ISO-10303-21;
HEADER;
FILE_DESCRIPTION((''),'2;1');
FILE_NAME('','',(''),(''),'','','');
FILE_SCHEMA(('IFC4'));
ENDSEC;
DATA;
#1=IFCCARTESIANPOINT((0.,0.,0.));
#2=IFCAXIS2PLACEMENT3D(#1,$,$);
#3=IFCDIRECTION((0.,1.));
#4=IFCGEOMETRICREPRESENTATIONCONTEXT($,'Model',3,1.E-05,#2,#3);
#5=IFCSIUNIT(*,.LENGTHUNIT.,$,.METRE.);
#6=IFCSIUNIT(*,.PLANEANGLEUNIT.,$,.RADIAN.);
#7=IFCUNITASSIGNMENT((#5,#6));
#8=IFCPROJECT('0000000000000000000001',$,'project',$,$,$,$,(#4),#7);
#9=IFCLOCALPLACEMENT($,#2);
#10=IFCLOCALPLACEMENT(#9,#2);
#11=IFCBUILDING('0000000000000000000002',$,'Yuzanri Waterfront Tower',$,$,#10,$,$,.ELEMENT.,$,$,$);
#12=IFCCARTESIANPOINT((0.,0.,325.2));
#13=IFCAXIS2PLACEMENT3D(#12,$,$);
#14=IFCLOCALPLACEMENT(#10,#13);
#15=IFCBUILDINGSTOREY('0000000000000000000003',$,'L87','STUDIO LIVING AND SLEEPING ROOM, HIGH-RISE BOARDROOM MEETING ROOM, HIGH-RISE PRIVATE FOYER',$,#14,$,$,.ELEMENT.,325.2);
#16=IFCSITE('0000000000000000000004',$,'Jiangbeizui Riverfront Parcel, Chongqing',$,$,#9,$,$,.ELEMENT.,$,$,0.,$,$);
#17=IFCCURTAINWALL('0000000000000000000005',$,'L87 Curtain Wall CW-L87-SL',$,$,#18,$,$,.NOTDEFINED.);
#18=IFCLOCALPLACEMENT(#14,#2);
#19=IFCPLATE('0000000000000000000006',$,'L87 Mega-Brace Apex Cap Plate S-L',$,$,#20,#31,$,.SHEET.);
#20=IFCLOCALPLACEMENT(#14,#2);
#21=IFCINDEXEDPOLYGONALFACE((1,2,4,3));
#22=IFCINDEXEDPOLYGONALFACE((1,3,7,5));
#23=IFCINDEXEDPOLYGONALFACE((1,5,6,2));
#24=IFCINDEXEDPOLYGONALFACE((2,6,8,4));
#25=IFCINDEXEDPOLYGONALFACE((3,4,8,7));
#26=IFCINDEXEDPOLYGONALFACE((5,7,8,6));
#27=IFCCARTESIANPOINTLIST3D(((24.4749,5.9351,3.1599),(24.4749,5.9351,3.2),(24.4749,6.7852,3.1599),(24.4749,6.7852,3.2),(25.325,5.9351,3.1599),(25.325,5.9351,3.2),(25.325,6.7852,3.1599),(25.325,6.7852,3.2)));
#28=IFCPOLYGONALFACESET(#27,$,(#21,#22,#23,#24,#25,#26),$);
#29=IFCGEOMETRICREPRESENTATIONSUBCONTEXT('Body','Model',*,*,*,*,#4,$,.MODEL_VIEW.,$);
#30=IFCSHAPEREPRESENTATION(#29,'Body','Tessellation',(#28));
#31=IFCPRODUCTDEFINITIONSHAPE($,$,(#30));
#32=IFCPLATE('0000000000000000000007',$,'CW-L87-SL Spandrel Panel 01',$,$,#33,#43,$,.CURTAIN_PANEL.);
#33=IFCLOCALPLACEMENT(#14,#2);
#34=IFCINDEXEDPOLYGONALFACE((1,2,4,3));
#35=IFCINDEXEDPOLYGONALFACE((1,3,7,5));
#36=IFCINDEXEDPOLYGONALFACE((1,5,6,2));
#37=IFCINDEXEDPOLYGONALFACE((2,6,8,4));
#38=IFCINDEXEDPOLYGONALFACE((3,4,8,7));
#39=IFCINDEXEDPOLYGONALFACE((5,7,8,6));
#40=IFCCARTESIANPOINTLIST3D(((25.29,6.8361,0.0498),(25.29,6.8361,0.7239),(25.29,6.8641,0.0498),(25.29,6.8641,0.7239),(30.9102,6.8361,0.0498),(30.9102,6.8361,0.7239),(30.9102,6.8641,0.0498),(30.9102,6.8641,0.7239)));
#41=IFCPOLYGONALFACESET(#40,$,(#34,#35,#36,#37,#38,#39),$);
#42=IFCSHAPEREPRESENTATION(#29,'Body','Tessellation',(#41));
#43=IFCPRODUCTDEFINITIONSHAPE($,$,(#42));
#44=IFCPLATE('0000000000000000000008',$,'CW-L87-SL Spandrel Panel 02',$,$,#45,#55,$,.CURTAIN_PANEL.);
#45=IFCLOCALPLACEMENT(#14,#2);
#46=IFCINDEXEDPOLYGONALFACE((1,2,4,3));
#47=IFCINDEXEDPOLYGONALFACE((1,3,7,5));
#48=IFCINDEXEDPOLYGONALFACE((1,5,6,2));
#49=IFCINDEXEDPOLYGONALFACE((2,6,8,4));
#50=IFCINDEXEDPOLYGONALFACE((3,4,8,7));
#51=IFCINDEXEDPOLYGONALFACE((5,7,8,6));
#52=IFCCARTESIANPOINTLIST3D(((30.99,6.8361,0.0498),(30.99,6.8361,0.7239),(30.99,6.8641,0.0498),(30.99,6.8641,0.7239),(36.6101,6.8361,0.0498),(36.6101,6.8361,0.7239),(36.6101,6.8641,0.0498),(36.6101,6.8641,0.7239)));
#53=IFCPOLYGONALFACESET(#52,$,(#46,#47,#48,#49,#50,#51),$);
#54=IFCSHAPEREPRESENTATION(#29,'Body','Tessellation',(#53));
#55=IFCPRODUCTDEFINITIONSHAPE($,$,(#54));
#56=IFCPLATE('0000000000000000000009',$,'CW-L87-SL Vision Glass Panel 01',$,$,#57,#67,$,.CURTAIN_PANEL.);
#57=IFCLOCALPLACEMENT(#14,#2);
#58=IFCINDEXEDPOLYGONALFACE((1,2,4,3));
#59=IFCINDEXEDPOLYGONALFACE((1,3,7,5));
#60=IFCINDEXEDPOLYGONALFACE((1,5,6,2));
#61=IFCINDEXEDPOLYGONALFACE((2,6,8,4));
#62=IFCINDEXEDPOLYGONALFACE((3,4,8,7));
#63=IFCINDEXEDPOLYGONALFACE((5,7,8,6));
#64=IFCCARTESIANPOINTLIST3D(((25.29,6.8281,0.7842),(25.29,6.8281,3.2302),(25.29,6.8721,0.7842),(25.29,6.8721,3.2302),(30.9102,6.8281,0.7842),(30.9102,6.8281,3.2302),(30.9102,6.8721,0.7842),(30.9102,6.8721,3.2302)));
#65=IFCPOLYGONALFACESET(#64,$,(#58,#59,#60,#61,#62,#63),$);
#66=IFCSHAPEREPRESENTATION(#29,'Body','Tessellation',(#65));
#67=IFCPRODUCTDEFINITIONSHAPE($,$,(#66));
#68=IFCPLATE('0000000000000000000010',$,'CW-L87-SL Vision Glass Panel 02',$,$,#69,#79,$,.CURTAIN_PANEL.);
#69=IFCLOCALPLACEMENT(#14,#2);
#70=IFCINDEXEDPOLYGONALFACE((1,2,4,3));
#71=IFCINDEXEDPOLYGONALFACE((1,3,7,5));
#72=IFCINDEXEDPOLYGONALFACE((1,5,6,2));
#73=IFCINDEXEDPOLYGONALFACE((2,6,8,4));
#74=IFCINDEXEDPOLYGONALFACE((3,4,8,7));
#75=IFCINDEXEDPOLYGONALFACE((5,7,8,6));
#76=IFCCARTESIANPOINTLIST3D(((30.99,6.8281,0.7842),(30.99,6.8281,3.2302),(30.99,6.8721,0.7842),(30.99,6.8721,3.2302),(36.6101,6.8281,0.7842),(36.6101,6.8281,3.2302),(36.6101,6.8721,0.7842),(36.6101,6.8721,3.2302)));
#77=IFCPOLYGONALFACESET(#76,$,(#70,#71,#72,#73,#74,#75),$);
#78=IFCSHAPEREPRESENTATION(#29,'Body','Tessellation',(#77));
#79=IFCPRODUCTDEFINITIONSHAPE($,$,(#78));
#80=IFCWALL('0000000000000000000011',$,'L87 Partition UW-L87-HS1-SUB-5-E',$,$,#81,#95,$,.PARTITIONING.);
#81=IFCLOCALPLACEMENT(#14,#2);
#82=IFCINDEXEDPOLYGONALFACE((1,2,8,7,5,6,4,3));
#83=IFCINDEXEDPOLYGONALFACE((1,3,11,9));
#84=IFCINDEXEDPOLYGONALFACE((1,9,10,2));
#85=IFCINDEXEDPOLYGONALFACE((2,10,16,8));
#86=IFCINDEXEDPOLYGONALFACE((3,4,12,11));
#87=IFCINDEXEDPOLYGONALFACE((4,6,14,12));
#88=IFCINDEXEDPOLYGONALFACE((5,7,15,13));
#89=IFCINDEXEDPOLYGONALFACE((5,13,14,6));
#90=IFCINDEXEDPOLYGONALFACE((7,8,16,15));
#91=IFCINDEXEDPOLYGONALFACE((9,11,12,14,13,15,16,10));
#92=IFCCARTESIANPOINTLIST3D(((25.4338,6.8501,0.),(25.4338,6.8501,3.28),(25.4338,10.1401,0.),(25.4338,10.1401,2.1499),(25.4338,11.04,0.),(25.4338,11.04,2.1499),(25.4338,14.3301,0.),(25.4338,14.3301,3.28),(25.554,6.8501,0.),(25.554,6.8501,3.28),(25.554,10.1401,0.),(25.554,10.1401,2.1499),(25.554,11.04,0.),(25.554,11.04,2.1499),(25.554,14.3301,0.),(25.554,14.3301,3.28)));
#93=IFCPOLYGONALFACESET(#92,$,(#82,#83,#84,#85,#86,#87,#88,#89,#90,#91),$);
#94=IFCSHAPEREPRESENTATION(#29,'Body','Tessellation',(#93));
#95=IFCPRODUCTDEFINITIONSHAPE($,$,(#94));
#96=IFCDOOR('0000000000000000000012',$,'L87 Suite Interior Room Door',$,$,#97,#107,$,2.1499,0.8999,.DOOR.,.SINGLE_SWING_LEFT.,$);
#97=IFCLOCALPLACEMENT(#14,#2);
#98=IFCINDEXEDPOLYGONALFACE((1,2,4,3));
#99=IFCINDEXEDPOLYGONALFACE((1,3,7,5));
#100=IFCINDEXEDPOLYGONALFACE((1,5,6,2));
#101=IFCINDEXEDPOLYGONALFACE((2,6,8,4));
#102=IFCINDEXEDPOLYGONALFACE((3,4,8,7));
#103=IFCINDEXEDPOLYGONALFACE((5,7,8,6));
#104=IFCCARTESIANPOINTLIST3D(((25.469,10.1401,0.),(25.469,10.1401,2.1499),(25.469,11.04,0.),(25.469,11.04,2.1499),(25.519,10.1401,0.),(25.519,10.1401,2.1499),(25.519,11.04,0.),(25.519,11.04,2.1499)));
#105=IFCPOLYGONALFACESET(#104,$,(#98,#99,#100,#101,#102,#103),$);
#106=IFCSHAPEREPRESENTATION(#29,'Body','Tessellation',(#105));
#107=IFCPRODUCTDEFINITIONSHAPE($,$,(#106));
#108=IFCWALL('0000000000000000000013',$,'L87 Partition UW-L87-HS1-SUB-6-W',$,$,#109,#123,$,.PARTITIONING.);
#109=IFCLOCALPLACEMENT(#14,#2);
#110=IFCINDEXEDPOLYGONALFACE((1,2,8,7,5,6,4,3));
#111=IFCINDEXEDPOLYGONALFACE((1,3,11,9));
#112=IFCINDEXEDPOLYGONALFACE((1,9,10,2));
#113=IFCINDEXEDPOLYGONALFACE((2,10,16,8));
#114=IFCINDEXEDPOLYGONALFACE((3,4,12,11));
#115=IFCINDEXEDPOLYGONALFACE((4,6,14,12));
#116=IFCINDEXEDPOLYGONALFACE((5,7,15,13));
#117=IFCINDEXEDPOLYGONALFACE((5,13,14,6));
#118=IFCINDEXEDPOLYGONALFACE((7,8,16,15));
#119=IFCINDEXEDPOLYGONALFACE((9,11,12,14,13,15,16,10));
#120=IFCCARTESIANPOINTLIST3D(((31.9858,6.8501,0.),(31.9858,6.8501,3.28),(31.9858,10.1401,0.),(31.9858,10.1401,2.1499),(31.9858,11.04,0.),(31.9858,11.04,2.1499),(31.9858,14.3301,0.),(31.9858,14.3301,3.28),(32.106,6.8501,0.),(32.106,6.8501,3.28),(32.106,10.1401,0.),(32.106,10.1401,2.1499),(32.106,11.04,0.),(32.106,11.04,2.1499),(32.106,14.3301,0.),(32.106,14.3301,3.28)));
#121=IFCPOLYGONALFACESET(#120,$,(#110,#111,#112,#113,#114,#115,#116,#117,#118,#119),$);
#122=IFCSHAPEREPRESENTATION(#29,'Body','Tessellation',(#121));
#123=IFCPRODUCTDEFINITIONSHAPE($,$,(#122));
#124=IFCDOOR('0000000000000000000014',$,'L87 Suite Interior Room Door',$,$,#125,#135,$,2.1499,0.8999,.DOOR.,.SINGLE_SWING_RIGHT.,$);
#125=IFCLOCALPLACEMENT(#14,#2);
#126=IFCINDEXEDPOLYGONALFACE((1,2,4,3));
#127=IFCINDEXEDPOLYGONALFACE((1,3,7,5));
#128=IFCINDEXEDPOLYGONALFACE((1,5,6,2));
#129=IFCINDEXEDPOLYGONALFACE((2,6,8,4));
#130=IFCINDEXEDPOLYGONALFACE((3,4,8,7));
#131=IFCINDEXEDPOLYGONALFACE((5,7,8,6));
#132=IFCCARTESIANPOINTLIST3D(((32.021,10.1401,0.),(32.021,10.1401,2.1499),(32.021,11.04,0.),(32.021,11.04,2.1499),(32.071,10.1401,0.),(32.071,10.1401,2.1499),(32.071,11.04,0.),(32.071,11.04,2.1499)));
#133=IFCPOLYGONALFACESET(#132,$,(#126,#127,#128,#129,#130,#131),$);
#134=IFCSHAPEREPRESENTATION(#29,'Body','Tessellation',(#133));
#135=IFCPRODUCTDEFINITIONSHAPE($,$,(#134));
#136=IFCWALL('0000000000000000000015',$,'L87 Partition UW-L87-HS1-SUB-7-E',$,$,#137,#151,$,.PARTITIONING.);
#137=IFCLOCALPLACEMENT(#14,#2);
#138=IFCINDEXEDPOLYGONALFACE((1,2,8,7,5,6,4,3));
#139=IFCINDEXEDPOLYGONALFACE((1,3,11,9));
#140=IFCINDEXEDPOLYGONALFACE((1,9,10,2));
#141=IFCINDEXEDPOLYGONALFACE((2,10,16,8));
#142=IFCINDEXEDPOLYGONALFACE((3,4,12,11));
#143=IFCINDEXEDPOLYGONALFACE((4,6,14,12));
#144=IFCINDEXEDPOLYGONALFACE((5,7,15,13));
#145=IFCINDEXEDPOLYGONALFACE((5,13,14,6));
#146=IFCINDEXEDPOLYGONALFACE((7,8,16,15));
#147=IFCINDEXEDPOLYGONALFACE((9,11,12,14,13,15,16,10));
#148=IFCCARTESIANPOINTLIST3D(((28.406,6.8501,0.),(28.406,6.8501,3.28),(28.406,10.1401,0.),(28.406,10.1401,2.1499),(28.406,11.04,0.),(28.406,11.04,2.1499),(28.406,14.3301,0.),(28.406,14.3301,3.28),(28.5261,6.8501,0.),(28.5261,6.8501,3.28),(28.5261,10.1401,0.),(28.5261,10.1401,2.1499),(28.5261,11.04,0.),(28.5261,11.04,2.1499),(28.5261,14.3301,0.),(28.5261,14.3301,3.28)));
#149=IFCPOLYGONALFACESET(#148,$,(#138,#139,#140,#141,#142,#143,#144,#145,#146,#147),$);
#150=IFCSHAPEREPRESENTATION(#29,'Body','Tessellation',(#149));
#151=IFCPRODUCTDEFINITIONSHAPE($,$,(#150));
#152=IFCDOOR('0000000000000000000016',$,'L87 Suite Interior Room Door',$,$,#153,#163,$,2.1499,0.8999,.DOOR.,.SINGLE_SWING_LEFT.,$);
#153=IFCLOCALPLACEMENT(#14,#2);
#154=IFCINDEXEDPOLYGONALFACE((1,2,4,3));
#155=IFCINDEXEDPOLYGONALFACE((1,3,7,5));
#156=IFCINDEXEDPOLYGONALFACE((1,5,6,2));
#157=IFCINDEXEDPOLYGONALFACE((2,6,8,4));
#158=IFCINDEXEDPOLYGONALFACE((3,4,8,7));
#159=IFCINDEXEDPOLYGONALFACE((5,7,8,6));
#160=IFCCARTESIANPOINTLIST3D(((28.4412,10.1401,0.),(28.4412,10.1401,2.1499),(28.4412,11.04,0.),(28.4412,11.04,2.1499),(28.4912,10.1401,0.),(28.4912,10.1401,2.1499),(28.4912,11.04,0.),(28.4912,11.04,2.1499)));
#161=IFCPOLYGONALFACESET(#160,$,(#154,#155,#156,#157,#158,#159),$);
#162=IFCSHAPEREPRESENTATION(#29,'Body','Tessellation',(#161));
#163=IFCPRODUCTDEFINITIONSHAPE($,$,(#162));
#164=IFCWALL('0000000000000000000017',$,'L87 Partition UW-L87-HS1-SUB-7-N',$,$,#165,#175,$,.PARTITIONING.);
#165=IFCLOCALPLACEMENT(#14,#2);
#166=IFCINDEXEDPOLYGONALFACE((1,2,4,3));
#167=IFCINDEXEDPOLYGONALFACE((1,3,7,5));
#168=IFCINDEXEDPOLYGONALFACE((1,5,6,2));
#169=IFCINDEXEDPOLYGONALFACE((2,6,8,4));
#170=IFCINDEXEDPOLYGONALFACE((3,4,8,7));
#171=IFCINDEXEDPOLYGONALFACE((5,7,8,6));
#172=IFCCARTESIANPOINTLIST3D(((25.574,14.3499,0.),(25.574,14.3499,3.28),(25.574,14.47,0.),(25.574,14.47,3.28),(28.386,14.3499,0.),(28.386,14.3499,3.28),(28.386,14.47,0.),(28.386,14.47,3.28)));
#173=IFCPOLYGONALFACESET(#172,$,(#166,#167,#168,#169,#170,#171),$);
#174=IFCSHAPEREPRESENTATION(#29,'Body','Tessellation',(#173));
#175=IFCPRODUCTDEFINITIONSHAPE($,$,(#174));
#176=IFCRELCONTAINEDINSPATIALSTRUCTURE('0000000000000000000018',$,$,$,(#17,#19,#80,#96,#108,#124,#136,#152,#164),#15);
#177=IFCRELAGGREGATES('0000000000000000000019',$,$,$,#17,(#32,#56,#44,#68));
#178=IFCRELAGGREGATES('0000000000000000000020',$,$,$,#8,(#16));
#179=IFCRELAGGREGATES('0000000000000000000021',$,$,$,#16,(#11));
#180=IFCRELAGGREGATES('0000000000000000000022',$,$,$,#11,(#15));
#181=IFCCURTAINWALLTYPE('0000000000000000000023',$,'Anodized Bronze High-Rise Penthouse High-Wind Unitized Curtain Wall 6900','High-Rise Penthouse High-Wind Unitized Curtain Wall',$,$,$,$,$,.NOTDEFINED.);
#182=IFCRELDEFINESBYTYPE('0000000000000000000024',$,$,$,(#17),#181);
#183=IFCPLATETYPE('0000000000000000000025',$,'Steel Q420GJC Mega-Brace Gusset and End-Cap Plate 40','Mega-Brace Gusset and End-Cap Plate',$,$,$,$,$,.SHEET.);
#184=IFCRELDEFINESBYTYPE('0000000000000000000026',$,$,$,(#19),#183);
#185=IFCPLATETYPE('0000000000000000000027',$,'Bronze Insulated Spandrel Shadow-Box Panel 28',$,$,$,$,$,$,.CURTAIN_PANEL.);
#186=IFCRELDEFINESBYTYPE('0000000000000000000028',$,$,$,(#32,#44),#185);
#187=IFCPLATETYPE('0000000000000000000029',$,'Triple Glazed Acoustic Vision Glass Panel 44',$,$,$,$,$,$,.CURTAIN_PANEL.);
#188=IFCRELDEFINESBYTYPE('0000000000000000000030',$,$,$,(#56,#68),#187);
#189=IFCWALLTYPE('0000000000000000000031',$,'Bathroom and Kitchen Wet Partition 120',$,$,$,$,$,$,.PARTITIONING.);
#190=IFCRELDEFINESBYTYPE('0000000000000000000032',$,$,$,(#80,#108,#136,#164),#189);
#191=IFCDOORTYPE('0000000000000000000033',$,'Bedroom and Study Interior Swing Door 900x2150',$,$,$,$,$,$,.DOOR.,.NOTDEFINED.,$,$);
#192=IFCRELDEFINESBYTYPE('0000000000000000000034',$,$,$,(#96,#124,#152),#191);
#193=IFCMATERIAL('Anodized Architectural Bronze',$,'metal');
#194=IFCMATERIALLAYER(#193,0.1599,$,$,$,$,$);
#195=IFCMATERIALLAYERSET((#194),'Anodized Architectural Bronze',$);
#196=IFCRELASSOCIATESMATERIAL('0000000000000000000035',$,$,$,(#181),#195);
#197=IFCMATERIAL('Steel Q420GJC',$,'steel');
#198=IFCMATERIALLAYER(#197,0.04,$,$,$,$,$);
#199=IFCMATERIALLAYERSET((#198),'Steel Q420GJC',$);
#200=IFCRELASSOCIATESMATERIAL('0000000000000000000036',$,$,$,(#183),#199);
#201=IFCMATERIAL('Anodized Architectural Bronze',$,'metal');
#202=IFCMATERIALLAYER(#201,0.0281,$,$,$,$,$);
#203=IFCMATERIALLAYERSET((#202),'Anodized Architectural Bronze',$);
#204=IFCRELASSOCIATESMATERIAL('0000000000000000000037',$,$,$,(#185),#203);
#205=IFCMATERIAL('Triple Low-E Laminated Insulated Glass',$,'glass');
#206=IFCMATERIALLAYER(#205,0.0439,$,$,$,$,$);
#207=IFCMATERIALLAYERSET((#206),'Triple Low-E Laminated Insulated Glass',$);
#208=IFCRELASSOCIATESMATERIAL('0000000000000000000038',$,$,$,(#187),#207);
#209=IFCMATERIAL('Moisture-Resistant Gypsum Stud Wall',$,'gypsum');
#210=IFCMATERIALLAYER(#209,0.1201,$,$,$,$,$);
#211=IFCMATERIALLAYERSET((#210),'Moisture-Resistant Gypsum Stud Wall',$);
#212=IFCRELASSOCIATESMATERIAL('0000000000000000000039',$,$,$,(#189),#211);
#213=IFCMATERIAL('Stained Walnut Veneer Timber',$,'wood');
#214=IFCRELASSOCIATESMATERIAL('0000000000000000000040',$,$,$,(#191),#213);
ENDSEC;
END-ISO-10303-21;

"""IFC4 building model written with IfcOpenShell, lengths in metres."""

from ifc_helpers import new_model, si_unit, direction, frame, frame_2d, origin, origin_2d, place, context, subcontext, project, spatial, rectangle, extrude, source, transform, mapped, material, layer, layer_set, type_object, element, fill, aggregate, save


model = new_model("IFC4")

# Units and contexts
model_context = context("Model", 3, precision=1e-05, world=origin(), true_north=direction((0.0, 1.0)))
body_context = subcontext(model_context, "Body", "Model", "MODEL_VIEW")
ifc_project = project(units=[si_unit("LENGTHUNIT", "METRE"), si_unit("PLANEANGLEUNIT", "RADIAN")], contexts=[model_context])

# Site, building, storey
site_placement = place(None, origin())
site = spatial("IfcSite", under=ifc_project, at=site_placement, Name="Jiangbeizui Riverfront Parcel, Chongqing", CompositionType="ELEMENT", RefElevation=0.0)
building_placement = place(site_placement, origin())
building = spatial("IfcBuilding", under=site, at=building_placement, Name="Yuzanri Waterfront Tower", CompositionType="ELEMENT")
storey_placement = place(building_placement, frame((0.0, 0.0, 325.2)))
storey = spatial("IfcBuildingStorey", under=building, at=storey_placement, Name="L87", Description="STUDIO LIVING AND SLEEPING ROOM, HIGH-RISE BOARDROOM MEETING ROOM, HIGH-RISE PRIVATE FOYER", CompositionType="ELEMENT", Elevation=325.2)

# Curtain wall
ifc_material_1 = material(Name="Anodized Architectural Bronze", Category="metal")
ifc_layer_1 = layer(ifc_material_1, 0.1599)
ifc_layer_set_1 = layer_set([ifc_layer_1], Name="Anodized Architectural Bronze")
curtain_wall_type = type_object("IfcCurtainWallType", Name="Anodized Bronze High-Rise Penthouse High-Wind Unitized Curtain Wall 6900", Description="High-Rise Penthouse High-Wind Unitized Curtain Wall", PredefinedType="NOTDEFINED", material=ifc_layer_set_1)
curtain_wall_placement = place(storey_placement, origin())
curtain_wall = element("IfcCurtainWall", 1, at=curtain_wall_placement, inside=storey, type_object=curtain_wall_type, Name="L87 Curtain Wall CW-L87-SL", PredefinedType="NOTDEFINED")

# Plates
ifc_material_2 = material(Name="Steel Q420GJC", Category="steel")
ifc_layer_2 = layer(ifc_material_2, 0.04)
ifc_layer_set_2 = layer_set([ifc_layer_2], Name="Steel Q420GJC")
plate_type_1 = type_object("IfcPlateType", Name="Steel Q420GJC Mega-Brace Gusset and End-Cap Plate 40", Description="Mega-Brace Gusset and End-Cap Plate", PredefinedType="SHEET", material=ifc_layer_set_2)
shared_shape_1 = source(origin(), body_context, "Body", "SweptSolid", [
    extrude(rectangle(XDim=0.8501, YDim=0.8501, at=origin_2d()), origin(), (0.0, 0.0, 1.0), 0.04),
])
plate_1_placement = place(storey_placement, frame((24.8999, 6.3601, 3.1599), z_axis=(0.0, 0.0, 1.0), x_axis=(1.0, 0.0, 0.0)))
element("IfcPlate", 2, at=plate_1_placement, inside=storey, type_object=plate_type_1, Name="L87 Mega-Brace Apex Cap Plate S-L", PredefinedType="SHEET", context=body_context, shape_type="MappedRepresentation", body=[
    mapped(shared_shape_1, transform((0.0, 0.0, 0.0), scale=1.0)),
])
ifc_material_3 = material(Name="Anodized Architectural Bronze", Category="metal")
ifc_layer_3 = layer(ifc_material_3, 0.0281)
ifc_layer_set_3 = layer_set([ifc_layer_3], Name="Anodized Architectural Bronze")
plate_type_2 = type_object("IfcPlateType", Name="Bronze Insulated Spandrel Shadow-Box Panel 28", PredefinedType="CURTAIN_PANEL", material=ifc_layer_set_3)
shared_shape_2 = source(origin(), body_context, "Body", "SweptSolid", [
    extrude(rectangle(XDim=5.6201, YDim=0.0281, at=origin_2d()), origin(), (0.0, 0.0, 1.0), 0.6741),
])
plate_2_placement = place(storey_placement, frame((28.1001, 6.8501, 0.0498), z_axis=(0.0, 0.0, 1.0), x_axis=(1.0, 0.0, 0.0)))
plate_2 = element("IfcPlate", 3, at=plate_2_placement, type_object=plate_type_2, Name="CW-L87-SL Spandrel Panel 01", PredefinedType="CURTAIN_PANEL", context=body_context, shape_type="MappedRepresentation", body=[
    mapped(shared_shape_2, transform((0.0, 0.0, 0.0), scale=1.0)),
])
plate_3_placement = place(storey_placement, frame((33.8, 6.8501, 0.0498), z_axis=(0.0, 0.0, 1.0), x_axis=(1.0, 0.0, 0.0)))
plate_3 = element("IfcPlate", 4, at=plate_3_placement, type_object=plate_type_2, Name="CW-L87-SL Spandrel Panel 02", PredefinedType="CURTAIN_PANEL", context=body_context, shape_type="MappedRepresentation", body=[
    mapped(shared_shape_2, transform((0.0, 0.0, 0.0), scale=1.0)),
])
ifc_material_4 = material(Name="Triple Low-E Laminated Insulated Glass", Category="glass")
ifc_layer_4 = layer(ifc_material_4, 0.0439)
ifc_layer_set_4 = layer_set([ifc_layer_4], Name="Triple Low-E Laminated Insulated Glass")
plate_type_3 = type_object("IfcPlateType", Name="Triple Glazed Acoustic Vision Glass Panel 44", PredefinedType="CURTAIN_PANEL", material=ifc_layer_set_4)
shared_shape_3 = source(origin(), body_context, "Body", "SweptSolid", [
    extrude(rectangle(XDim=5.6201, YDim=0.0439, at=origin_2d()), origin(), (0.0, 0.0, 1.0), 2.446),
])
plate_4_placement = place(storey_placement, frame((28.1001, 6.8501, 0.7842), z_axis=(0.0, 0.0, 1.0), x_axis=(1.0, 0.0, 0.0)))
plate_4 = element("IfcPlate", 5, at=plate_4_placement, type_object=plate_type_3, Name="CW-L87-SL Vision Glass Panel 01", PredefinedType="CURTAIN_PANEL", context=body_context, shape_type="MappedRepresentation", body=[
    mapped(shared_shape_3, transform((0.0, 0.0, 0.0), scale=1.0)),
])
plate_5_placement = place(storey_placement, frame((33.8, 6.8501, 0.7842), z_axis=(0.0, 0.0, 1.0), x_axis=(1.0, 0.0, 0.0)))
plate_5 = element("IfcPlate", 6, at=plate_5_placement, type_object=plate_type_3, Name="CW-L87-SL Vision Glass Panel 02", PredefinedType="CURTAIN_PANEL", context=body_context, shape_type="MappedRepresentation", body=[
    mapped(shared_shape_3, transform((0.0, 0.0, 0.0), scale=1.0)),
])
aggregate(curtain_wall, [plate_2, plate_4, plate_3, plate_5])

# Walls, openings, doors
ifc_material_5 = material(Name="Moisture-Resistant Gypsum Stud Wall", Category="gypsum")
ifc_layer_5 = layer(ifc_material_5, 0.1201)
ifc_layer_set_5 = layer_set([ifc_layer_5], Name="Moisture-Resistant Gypsum Stud Wall")
wall_type = type_object("IfcWallType", Name="Bathroom and Kitchen Wet Partition 120", PredefinedType="PARTITIONING", material=ifc_layer_set_5)
wall_1_placement = place(storey_placement, frame((25.4939, 6.8501, 0.0), z_axis=(0.0, 0.0, 1.0), x_axis=(0.0, 1.0, 0.0)))
wall_1 = element("IfcWall", 7, at=wall_1_placement, inside=storey, type_object=wall_type, Name="L87 Partition UW-L87-HS1-SUB-5-E", PredefinedType="PARTITIONING", context=body_context, shape_type="SweptSolid", body=[
    extrude(rectangle(XDim=7.48, YDim=0.1201, at=frame_2d((3.74, 0.0))), origin(), (0.0, 0.0, 1.0), 3.28),
])
opening_1_placement = place(wall_1_placement, frame((3.29, 0.0, 0.0)))
opening_1 = element("IfcOpeningElement", 8, at=opening_1_placement, cuts=wall_1, PredefinedType="OPENING", context=body_context, shape_type="SweptSolid", body=[
    extrude(rectangle(XDim=0.8999, YDim=2.1499, at=frame_2d((0.45, 1.075))), frame((0.0, 0.075, 0.0), z_axis=(0.0, -1.0, 0.0), x_axis=(1.0, 0.0, 0.0)), (0.0, 0.0, 1.0), 0.1499),
])
ifc_material_6 = material(Name="Stained Walnut Veneer Timber", Category="wood")
door_type = type_object("IfcDoorType", Name="Bedroom and Study Interior Swing Door 900x2150", OperationType="NOTDEFINED", PredefinedType="DOOR", material=ifc_material_6)
shared_shape_4 = source(origin(), body_context, "Body", "SweptSolid", [
    extrude(rectangle(XDim=0.8999, YDim=2.1499, at=frame_2d((0.45, 1.075))), frame((0.0, 0.0249, 0.0), z_axis=(0.0, -1.0, 0.0), x_axis=(1.0, 0.0, 0.0)), (0.0, 0.0, 1.0), 0.05),
])
door_1_placement = place(opening_1_placement, origin())
door_1 = element("IfcDoor", 9, at=door_1_placement, inside=storey, type_object=door_type, Name="L87 Suite Interior Room Door", OperationType="SINGLE_SWING_LEFT", OverallHeight=2.1499, OverallWidth=0.8999, PredefinedType="DOOR", context=body_context, shape_type="MappedRepresentation", body=[
    mapped(shared_shape_4, transform((0.0, 0.0, 0.0), scale=1.0)),
])
fill(opening_1, door_1)
wall_2_placement = place(storey_placement, frame((32.0459, 6.8501, 0.0), z_axis=(0.0, 0.0, 1.0), x_axis=(0.0, 1.0, 0.0)))
wall_2 = element("IfcWall", 10, at=wall_2_placement, inside=storey, type_object=wall_type, Name="L87 Partition UW-L87-HS1-SUB-6-W", PredefinedType="PARTITIONING", context=body_context, shape_type="SweptSolid", body=[
    extrude(rectangle(XDim=7.48, YDim=0.1201, at=frame_2d((3.74, 0.0))), origin(), (0.0, 0.0, 1.0), 3.28),
])
opening_2_placement = place(wall_2_placement, frame((3.29, 0.0, 0.0)))
opening_2 = element("IfcOpeningElement", 11, at=opening_2_placement, cuts=wall_2, PredefinedType="OPENING", context=body_context, shape_type="SweptSolid", body=[
    extrude(rectangle(XDim=0.8999, YDim=2.1499, at=frame_2d((0.45, 1.075))), frame((0.0, 0.075, 0.0), z_axis=(0.0, -1.0, 0.0), x_axis=(1.0, 0.0, 0.0)), (0.0, 0.0, 1.0), 0.1499),
])
door_2_placement = place(opening_2_placement, origin())
door_2 = element("IfcDoor", 12, at=door_2_placement, inside=storey, type_object=door_type, Name="L87 Suite Interior Room Door", OperationType="SINGLE_SWING_RIGHT", OverallHeight=2.1499, OverallWidth=0.8999, PredefinedType="DOOR", context=body_context, shape_type="MappedRepresentation", body=[
    mapped(shared_shape_4, transform((0.0, 0.0, 0.0), scale=1.0)),
])
fill(opening_2, door_2)
wall_3_placement = place(storey_placement, frame((28.4661, 6.8501, 0.0), z_axis=(0.0, 0.0, 1.0), x_axis=(0.0, 1.0, 0.0)))
wall_3 = element("IfcWall", 13, at=wall_3_placement, inside=storey, type_object=wall_type, Name="L87 Partition UW-L87-HS1-SUB-7-E", PredefinedType="PARTITIONING", context=body_context, shape_type="SweptSolid", body=[
    extrude(rectangle(XDim=7.48, YDim=0.1201, at=frame_2d((3.74, 0.0))), origin(), (0.0, 0.0, 1.0), 3.28),
])
opening_3_placement = place(wall_3_placement, frame((3.29, 0.0, 0.0)))
opening_3 = element("IfcOpeningElement", 14, at=opening_3_placement, cuts=wall_3, PredefinedType="OPENING", context=body_context, shape_type="SweptSolid", body=[
    extrude(rectangle(XDim=0.8999, YDim=2.1499, at=frame_2d((0.45, 1.075))), frame((0.0, 0.075, 0.0), z_axis=(0.0, -1.0, 0.0), x_axis=(1.0, 0.0, 0.0)), (0.0, 0.0, 1.0), 0.1499),
])
door_3_placement = place(opening_3_placement, origin())
door_3 = element("IfcDoor", 15, at=door_3_placement, inside=storey, type_object=door_type, Name="L87 Suite Interior Room Door", OperationType="SINGLE_SWING_LEFT", OverallHeight=2.1499, OverallWidth=0.8999, PredefinedType="DOOR", context=body_context, shape_type="MappedRepresentation", body=[
    mapped(shared_shape_4, transform((0.0, 0.0, 0.0), scale=1.0)),
])
fill(opening_3, door_3)

# Wall
shared_shape_5 = source(origin(), body_context, "Body", "SweptSolid", [
    extrude(rectangle(XDim=2.812, YDim=0.1201, at=frame_2d((1.406, 0.0))), origin(), (0.0, 0.0, 1.0), 3.28),
])
wall_4_placement = place(storey_placement, frame((25.574, 14.4099, 0.0), z_axis=(0.0, 0.0, 1.0), x_axis=(1.0, 0.0, 0.0)))
element("IfcWall", 16, at=wall_4_placement, inside=storey, type_object=wall_type, Name="L87 Partition UW-L87-HS1-SUB-7-N", PredefinedType="PARTITIONING", context=body_context, shape_type="MappedRepresentation", body=[
    mapped(shared_shape_5, transform((0.0, 0.0, 0.0), scale=1.0)),
])

save(model, "model.ifc")
